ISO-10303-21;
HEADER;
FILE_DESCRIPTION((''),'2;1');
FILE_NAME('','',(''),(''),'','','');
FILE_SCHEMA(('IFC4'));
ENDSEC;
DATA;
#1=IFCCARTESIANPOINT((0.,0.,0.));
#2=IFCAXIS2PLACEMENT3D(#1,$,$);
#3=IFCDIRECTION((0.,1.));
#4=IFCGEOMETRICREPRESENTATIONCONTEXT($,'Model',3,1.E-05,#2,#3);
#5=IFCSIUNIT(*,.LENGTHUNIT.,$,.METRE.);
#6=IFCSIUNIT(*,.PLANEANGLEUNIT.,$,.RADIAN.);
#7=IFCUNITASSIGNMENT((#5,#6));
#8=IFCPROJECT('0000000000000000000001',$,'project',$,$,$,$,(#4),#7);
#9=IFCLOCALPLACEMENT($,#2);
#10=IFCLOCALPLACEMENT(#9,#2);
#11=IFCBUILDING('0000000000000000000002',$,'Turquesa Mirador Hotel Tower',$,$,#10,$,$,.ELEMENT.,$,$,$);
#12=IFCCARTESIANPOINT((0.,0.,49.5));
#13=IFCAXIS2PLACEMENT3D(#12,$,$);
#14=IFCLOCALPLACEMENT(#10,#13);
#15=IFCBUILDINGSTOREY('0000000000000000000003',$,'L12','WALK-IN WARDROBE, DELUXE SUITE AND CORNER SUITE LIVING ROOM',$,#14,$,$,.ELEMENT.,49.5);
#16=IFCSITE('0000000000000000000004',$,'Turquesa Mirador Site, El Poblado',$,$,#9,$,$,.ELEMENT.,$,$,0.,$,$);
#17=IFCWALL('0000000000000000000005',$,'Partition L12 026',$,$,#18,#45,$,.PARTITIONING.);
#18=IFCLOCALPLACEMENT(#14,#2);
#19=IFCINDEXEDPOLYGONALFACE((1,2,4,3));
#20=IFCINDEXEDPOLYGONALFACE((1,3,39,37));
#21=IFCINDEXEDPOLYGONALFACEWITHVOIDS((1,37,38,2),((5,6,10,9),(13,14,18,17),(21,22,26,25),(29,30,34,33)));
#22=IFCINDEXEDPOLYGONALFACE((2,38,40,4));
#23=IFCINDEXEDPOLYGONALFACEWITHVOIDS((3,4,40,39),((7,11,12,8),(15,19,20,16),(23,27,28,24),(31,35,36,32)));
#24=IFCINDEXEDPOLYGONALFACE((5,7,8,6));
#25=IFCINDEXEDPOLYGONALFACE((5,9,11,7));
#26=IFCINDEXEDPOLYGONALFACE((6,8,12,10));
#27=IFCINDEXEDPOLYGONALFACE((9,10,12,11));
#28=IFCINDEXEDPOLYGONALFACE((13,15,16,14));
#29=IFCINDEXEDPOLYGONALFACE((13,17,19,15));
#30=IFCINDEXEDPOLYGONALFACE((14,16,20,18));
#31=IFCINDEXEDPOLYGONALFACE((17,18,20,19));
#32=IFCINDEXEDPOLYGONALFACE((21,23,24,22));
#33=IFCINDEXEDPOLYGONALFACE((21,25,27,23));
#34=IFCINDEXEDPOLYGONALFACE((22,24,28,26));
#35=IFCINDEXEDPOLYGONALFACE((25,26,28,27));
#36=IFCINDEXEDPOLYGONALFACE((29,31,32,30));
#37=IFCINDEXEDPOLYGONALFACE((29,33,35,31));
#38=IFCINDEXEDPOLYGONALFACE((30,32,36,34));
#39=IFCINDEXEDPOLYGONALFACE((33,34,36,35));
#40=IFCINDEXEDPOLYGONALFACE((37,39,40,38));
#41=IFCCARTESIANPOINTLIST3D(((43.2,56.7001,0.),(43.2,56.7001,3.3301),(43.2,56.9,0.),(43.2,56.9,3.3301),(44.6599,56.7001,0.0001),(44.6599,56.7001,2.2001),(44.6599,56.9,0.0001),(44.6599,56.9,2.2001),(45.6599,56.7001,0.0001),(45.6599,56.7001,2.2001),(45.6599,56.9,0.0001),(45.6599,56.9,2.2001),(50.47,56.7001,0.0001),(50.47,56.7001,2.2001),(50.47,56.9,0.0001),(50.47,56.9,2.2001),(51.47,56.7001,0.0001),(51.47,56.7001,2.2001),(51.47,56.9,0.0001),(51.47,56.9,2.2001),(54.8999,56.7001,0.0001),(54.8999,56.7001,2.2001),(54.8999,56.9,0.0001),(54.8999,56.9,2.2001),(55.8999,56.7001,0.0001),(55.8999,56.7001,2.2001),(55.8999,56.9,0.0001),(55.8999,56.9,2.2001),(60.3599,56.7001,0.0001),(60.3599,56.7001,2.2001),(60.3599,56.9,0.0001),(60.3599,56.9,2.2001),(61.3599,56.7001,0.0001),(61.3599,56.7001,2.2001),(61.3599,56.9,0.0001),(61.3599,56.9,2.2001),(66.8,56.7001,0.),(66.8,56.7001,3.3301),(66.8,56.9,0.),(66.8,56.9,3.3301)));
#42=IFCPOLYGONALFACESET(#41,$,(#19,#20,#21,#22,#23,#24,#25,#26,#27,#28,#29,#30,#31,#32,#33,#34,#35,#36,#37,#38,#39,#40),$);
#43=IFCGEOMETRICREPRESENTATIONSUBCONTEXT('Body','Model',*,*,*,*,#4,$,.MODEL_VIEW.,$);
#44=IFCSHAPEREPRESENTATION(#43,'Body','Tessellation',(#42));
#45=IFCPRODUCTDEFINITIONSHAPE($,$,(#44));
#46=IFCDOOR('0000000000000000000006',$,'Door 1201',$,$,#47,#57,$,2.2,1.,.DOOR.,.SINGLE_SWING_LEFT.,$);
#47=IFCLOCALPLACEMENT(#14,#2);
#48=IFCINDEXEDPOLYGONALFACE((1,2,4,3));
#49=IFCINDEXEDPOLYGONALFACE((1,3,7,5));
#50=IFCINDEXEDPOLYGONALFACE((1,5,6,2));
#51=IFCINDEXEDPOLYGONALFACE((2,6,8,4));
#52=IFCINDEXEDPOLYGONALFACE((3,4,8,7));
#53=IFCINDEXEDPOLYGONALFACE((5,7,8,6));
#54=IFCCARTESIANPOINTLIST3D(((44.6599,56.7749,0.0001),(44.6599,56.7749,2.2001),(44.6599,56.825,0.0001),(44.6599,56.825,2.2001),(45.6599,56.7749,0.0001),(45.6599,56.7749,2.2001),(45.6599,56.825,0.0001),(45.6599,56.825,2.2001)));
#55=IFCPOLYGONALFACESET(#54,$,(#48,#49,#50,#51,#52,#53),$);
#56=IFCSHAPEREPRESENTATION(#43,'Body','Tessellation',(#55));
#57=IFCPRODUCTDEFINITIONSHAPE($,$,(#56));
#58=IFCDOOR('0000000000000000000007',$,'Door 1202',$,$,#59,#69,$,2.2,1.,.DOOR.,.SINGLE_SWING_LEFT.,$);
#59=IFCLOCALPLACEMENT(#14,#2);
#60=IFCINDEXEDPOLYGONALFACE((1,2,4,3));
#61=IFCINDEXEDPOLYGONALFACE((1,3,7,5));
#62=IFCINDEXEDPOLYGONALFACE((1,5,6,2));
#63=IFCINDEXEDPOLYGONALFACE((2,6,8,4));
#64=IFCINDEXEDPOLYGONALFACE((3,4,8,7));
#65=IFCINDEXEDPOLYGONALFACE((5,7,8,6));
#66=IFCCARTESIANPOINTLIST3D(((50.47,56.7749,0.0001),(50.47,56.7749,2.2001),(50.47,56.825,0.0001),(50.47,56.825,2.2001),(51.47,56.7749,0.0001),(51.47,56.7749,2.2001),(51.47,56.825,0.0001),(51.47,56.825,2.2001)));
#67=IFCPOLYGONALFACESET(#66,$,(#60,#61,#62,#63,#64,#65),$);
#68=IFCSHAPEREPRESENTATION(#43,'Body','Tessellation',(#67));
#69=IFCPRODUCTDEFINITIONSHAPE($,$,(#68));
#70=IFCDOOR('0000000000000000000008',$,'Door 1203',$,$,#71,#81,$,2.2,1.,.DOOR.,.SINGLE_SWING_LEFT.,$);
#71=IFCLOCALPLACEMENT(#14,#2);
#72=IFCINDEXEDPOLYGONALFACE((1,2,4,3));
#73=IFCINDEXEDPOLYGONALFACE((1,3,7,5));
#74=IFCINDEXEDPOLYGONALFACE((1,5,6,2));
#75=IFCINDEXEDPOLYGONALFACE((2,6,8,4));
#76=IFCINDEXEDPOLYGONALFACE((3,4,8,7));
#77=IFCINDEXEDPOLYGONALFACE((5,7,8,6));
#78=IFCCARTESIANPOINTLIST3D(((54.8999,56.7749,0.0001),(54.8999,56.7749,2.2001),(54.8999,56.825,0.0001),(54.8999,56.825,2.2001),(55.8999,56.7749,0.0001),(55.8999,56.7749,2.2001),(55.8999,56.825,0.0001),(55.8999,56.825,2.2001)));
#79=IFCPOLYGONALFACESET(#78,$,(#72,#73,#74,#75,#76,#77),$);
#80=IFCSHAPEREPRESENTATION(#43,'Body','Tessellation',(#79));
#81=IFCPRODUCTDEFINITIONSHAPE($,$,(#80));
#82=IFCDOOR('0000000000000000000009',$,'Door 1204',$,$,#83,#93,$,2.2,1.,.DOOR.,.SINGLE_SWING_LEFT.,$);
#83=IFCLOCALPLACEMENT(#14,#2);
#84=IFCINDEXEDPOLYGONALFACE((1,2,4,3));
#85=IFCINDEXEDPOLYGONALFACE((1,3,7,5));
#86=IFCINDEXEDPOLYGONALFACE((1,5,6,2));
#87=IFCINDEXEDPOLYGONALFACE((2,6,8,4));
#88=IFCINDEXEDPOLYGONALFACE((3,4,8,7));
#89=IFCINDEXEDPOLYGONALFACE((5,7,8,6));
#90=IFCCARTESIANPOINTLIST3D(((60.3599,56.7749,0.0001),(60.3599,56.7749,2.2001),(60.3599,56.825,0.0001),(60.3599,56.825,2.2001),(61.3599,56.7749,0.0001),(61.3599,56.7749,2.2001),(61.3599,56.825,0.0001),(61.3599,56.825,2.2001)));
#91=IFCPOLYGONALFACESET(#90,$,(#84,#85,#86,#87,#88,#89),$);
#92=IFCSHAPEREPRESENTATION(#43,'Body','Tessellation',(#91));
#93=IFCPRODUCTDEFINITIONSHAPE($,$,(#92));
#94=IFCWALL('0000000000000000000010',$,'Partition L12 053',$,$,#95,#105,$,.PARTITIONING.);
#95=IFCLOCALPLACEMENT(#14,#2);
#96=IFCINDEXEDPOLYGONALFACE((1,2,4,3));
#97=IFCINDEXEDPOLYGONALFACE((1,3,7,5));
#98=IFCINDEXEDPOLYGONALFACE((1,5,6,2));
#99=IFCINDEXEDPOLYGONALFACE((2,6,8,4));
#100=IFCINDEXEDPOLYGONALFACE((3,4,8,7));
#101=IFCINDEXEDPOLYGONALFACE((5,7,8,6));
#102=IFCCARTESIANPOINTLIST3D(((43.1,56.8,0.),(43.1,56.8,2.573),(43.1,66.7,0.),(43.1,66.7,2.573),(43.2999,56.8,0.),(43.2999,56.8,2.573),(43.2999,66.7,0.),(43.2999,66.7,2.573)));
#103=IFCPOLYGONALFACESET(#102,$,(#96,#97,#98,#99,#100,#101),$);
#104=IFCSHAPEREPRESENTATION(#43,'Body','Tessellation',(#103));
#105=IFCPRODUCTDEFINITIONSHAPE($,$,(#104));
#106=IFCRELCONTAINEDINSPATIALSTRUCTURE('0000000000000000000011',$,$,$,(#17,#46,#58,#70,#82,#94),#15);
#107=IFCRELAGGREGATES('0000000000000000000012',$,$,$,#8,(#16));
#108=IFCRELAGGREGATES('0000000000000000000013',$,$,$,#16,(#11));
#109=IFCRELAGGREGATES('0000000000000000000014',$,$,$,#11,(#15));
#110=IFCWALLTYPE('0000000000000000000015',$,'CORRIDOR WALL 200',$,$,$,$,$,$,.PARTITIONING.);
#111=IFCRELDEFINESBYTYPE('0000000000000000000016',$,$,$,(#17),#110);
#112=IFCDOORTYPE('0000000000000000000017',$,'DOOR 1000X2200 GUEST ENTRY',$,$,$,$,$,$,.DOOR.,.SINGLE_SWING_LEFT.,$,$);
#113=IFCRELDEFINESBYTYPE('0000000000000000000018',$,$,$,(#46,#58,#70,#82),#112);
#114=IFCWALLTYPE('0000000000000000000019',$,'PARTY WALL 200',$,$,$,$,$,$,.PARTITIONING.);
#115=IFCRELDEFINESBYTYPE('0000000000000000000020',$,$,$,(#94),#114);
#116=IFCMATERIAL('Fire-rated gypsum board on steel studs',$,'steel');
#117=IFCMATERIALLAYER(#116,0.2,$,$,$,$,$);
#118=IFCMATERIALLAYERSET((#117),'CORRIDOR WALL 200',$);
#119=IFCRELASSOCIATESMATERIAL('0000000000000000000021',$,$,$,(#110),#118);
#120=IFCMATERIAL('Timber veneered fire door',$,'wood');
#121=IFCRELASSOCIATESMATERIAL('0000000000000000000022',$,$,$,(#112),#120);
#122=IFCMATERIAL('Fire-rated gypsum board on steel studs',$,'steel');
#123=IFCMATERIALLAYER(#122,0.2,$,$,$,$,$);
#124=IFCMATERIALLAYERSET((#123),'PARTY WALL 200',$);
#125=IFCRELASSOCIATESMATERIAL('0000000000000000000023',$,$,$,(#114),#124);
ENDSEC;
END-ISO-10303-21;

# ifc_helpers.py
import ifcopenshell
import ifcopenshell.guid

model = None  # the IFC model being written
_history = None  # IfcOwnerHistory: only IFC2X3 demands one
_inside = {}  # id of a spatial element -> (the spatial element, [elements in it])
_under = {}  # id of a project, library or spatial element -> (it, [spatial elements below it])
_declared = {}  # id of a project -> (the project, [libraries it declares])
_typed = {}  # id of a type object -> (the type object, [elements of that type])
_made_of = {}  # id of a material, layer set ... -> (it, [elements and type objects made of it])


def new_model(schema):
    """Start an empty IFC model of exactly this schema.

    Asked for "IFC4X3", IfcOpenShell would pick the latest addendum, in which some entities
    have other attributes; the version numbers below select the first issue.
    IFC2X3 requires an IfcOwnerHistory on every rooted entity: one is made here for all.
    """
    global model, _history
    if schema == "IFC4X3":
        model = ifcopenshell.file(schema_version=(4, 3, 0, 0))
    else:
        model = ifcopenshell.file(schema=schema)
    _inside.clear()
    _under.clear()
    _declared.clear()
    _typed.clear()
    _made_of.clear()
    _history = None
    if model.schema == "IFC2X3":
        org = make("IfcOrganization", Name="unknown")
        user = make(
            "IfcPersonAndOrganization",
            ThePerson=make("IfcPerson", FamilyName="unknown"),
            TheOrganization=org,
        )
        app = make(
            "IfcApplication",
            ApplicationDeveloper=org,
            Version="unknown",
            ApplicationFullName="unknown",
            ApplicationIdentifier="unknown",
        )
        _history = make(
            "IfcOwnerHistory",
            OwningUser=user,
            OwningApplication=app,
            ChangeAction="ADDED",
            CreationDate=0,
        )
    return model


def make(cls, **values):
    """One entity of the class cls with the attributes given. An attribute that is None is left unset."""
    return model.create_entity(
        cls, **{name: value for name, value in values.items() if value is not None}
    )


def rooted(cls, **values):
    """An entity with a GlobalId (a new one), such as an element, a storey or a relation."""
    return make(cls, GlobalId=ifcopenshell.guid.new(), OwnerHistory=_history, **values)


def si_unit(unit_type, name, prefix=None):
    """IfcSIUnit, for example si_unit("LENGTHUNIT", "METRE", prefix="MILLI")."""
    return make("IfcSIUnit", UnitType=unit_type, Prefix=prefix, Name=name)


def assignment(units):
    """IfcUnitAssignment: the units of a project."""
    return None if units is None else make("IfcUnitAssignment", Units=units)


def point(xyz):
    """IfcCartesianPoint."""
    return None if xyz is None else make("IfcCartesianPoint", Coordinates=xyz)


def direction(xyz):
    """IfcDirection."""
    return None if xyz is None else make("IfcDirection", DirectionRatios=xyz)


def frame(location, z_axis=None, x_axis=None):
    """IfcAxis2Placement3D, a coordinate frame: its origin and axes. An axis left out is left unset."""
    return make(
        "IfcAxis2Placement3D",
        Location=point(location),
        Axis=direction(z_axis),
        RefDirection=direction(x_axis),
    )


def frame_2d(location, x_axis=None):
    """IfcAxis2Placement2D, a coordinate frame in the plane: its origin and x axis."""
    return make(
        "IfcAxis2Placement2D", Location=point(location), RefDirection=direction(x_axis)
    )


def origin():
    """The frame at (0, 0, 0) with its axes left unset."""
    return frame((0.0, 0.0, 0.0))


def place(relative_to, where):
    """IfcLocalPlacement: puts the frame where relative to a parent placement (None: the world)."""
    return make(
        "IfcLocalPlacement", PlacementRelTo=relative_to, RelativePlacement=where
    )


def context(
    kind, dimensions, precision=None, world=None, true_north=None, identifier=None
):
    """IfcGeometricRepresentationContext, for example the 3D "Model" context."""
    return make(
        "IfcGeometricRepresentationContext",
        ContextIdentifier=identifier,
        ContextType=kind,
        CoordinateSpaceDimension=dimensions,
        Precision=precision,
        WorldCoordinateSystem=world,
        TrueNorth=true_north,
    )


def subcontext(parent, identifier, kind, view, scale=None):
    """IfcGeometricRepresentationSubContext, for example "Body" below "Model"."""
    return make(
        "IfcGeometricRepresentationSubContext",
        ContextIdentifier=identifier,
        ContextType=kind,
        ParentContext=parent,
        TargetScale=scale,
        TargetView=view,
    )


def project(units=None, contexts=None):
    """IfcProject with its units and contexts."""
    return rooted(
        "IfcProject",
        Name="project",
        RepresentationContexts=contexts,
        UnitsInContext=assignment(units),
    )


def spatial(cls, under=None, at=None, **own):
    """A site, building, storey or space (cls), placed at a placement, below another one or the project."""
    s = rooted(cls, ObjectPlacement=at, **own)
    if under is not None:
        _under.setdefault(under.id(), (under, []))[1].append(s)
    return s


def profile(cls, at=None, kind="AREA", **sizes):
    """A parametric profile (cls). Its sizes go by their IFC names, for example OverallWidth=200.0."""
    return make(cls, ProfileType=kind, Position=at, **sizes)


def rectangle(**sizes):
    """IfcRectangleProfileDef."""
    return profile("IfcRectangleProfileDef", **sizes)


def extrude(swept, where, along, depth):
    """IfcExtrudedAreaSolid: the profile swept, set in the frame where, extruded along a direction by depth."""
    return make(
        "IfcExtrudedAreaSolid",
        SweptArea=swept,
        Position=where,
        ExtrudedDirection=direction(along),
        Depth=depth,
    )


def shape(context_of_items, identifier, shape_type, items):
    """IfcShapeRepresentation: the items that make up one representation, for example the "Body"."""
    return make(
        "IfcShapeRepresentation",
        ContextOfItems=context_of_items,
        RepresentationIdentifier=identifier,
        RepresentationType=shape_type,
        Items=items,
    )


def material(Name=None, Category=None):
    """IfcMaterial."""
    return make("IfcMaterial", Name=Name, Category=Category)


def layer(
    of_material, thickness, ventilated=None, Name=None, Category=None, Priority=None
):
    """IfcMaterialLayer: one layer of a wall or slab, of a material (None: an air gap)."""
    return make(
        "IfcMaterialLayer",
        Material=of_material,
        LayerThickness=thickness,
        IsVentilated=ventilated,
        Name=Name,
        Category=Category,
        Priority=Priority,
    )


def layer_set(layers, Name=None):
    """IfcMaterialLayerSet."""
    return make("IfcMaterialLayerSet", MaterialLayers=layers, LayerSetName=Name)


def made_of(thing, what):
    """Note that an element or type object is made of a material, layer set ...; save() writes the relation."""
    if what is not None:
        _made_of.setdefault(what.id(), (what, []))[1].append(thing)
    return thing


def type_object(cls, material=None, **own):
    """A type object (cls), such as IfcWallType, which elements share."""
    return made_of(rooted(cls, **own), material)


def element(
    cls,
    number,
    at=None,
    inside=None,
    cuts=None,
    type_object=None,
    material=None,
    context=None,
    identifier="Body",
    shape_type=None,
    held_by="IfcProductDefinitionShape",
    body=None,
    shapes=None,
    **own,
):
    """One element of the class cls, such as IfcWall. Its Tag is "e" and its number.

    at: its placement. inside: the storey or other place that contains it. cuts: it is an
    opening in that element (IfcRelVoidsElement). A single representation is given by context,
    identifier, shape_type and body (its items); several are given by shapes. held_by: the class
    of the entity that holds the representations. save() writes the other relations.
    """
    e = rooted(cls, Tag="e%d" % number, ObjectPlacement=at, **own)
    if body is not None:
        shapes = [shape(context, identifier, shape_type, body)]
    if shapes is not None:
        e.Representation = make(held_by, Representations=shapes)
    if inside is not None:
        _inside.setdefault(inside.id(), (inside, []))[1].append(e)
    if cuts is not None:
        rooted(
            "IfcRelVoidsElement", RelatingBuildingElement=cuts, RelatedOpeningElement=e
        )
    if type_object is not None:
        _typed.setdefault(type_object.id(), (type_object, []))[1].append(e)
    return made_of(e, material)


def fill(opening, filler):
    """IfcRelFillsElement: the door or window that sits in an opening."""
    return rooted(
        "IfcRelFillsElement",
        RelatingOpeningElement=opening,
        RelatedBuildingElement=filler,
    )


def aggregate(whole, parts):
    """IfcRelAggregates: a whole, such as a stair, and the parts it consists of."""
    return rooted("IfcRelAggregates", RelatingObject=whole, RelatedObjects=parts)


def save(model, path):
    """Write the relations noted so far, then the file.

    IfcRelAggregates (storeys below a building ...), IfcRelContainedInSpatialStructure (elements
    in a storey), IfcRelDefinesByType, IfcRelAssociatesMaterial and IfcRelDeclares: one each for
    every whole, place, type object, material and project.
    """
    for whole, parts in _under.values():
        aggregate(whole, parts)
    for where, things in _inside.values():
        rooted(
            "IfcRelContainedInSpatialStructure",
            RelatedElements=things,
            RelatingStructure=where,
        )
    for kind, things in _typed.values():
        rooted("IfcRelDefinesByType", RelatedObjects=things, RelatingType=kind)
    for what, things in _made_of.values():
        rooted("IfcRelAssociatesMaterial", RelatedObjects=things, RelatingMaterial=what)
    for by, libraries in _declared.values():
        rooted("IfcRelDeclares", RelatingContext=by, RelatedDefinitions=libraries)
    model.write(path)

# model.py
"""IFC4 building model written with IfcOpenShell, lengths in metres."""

from ifc_helpers import new_model, si_unit, direction, frame, frame_2d, origin, place, context, subcontext, project, spatial, rectangle, extrude, material, layer, layer_set, type_object, element, fill, save


model = new_model("IFC4")

# Units and contexts
model_context = context("Model", 3, precision=1e-05, world=origin(), true_north=direction((0.0, 1.0)))
body_context = subcontext(model_context, "Body", "Model", "MODEL_VIEW")
ifc_project = project(units=[si_unit("LENGTHUNIT", "METRE"), si_unit("PLANEANGLEUNIT", "RADIAN")], contexts=[model_context])

# Site, building, storey
site_placement = place(None, origin())
site = spatial("IfcSite", under=ifc_project, at=site_placement, Name="Turquesa Mirador Site, El Poblado", CompositionType="ELEMENT", RefElevation=0.0)
building_placement = place(site_placement, origin())
building = spatial("IfcBuilding", under=site, at=building_placement, Name="Turquesa Mirador Hotel Tower", CompositionType="ELEMENT")
storey_placement = place(building_placement, frame((0.0, 0.0, 49.5)))
storey = spatial("IfcBuildingStorey", under=building, at=storey_placement, Name="L12", Description="WALK-IN WARDROBE, DELUXE SUITE AND CORNER SUITE LIVING ROOM", CompositionType="ELEMENT", Elevation=49.5)

# Wall, openings, doors
ifc_material_1 = material(Name="Fire-rated gypsum board on steel studs", Category="steel")
ifc_layer_1 = layer(ifc_material_1, 0.2)
ifc_layer_set_1 = layer_set([ifc_layer_1], Name="CORRIDOR WALL 200")
wall_type_1 = type_object("IfcWallType", Name="CORRIDOR WALL 200", PredefinedType="PARTITIONING", material=ifc_layer_set_1)
wall_1_placement = place(storey_placement, frame((43.2, 56.8, 0.0), z_axis=(0.0, 0.0, 1.0), x_axis=(1.0, 0.0, 0.0)))
wall_1 = element("IfcWall", 1, at=wall_1_placement, inside=storey, type_object=wall_type_1, Name="Partition L12 026", PredefinedType="PARTITIONING", context=body_context, shape_type="SweptSolid", body=[
    extrude(rectangle(XDim=23.6001, YDim=0.2, at=frame_2d((11.8, 0.0))), origin(), (0.0, 0.0, 1.0), 3.3301),
])
opening_1_placement = place(wall_1_placement, frame((1.46, 0.0, 0.0)))
opening_1 = element("IfcOpeningElement", 2, at=opening_1_placement, cuts=wall_1, PredefinedType="OPENING", context=body_context, shape_type="SweptSolid", body=[
    extrude(rectangle(XDim=1.0, YDim=2.2, at=frame_2d((0.5, 1.1001))), frame((0.0, 0.1099, 0.0), z_axis=(0.0, -1.0, 0.0), x_axis=(1.0, 0.0, 0.0)), (0.0, 0.0, 1.0), 0.22),
])
opening_2_placement = place(wall_1_placement, frame((7.27, 0.0, 0.0)))
opening_2 = element("IfcOpeningElement", 3, at=opening_2_placement, cuts=wall_1, PredefinedType="OPENING", context=body_context, shape_type="SweptSolid", body=[
    extrude(rectangle(XDim=1.0, YDim=2.2, at=frame_2d((0.5, 1.1001))), frame((0.0, 0.1099, 0.0), z_axis=(0.0, -1.0, 0.0), x_axis=(1.0, 0.0, 0.0)), (0.0, 0.0, 1.0), 0.22),
])
opening_3_placement = place(wall_1_placement, frame((11.7, 0.0, 0.0)))
opening_3 = element("IfcOpeningElement", 4, at=opening_3_placement, cuts=wall_1, PredefinedType="OPENING", context=body_context, shape_type="SweptSolid", body=[
    extrude(rectangle(XDim=1.0, YDim=2.2, at=frame_2d((0.5, 1.1001))), frame((0.0, 0.1099, 0.0), z_axis=(0.0, -1.0, 0.0), x_axis=(1.0, 0.0, 0.0)), (0.0, 0.0, 1.0), 0.22),
])
opening_4_placement = place(wall_1_placement, frame((17.1599, 0.0, 0.0)))
opening_4 = element("IfcOpeningElement", 5, at=opening_4_placement, cuts=wall_1, PredefinedType="OPENING", context=body_context, shape_type="SweptSolid", body=[
    extrude(rectangle(XDim=1.0, YDim=2.2, at=frame_2d((0.5, 1.1001))), frame((0.0, 0.1099, 0.0), z_axis=(0.0, -1.0, 0.0), x_axis=(1.0, 0.0, 0.0)), (0.0, 0.0, 1.0), 0.22),
])
ifc_material_2 = material(Name="Timber veneered fire door", Category="wood")
door_type_1 = type_object("IfcDoorType", Name="DOOR 1000X2200 GUEST ENTRY", OperationType="SINGLE_SWING_LEFT", PredefinedType="DOOR", material=ifc_material_2)
door_1_placement = place(opening_1_placement, origin())
door_1 = element("IfcDoor", 6, at=door_1_placement, inside=storey, type_object=door_type_1, Name="Door 1201", OperationType="SINGLE_SWING_LEFT", OverallHeight=2.2, OverallWidth=1.0, PredefinedType="DOOR", context=body_context, shape_type="SweptSolid", body=[
    extrude(rectangle(XDim=1.0, YDim=2.2, at=frame_2d((0.5, 1.1001))), frame((0.0, 0.0249, 0.0), z_axis=(0.0, -1.0, 0.0), x_axis=(1.0, 0.0, 0.0)), (0.0, 0.0, 1.0), 0.05),
])
fill(opening_1, door_1)
door_2_placement = place(opening_2_placement, origin())
door_2 = element("IfcDoor", 7, at=door_2_placement, inside=storey, type_object=door_type_1, Name="Door 1202", OperationType="SINGLE_SWING_LEFT", OverallHeight=2.2, OverallWidth=1.0, PredefinedType="DOOR", context=body_context, shape_type="SweptSolid", body=[
    extrude(rectangle(XDim=1.0, YDim=2.2, at=frame_2d((0.5, 1.1001))), frame((0.0, 0.0249, 0.0), z_axis=(0.0, -1.0, 0.0), x_axis=(1.0, 0.0, 0.0)), (0.0, 0.0, 1.0), 0.05),
])
fill(opening_2, door_2)
door_3_placement = place(opening_3_placement, origin())
door_3 = element("IfcDoor", 8, at=door_3_placement, inside=storey, type_object=door_type_1, Name="Door 1203", OperationType="SINGLE_SWING_LEFT", OverallHeight=2.2, OverallWidth=1.0, PredefinedType="DOOR", context=body_context, shape_type="SweptSolid", body=[
    extrude(rectangle(XDim=1.0, YDim=2.2, at=frame_2d((0.5, 1.1001))), frame((0.0, 0.0249, 0.0), z_axis=(0.0, -1.0, 0.0), x_axis=(1.0, 0.0, 0.0)), (0.0, 0.0, 1.0), 0.05),
])
fill(opening_3, door_3)
door_4_placement = place(opening_4_placement, origin())
door_4 = element("IfcDoor", 9, at=door_4_placement, inside=storey, type_object=door_type_1, Name="Door 1204", OperationType="SINGLE_SWING_LEFT", OverallHeight=2.2, OverallWidth=1.0, PredefinedType="DOOR", context=body_context, shape_type="SweptSolid", body=[
    extrude(rectangle(XDim=1.0, YDim=2.2, at=frame_2d((0.5, 1.1001))), frame((0.0, 0.0249, 0.0), z_axis=(0.0, -1.0, 0.0), x_axis=(1.0, 0.0, 0.0)), (0.0, 0.0, 1.0), 0.05),
])
fill(opening_4, door_4)

# Wall
ifc_material_3 = material(Name="Fire-rated gypsum board on steel studs", Category="steel")
ifc_layer_2 = layer(ifc_material_3, 0.2)
ifc_layer_set_2 = layer_set([ifc_layer_2], Name="PARTY WALL 200")
wall_type_2 = type_object("IfcWallType", Name="PARTY WALL 200", PredefinedType="PARTITIONING", material=ifc_layer_set_2)
wall_2_placement = place(storey_placement, frame((43.2, 56.8, 0.0), z_axis=(0.0, 0.0, 1.0), x_axis=(0.0, 1.0, 0.0)))
element("IfcWall", 10, at=wall_2_placement, inside=storey, type_object=wall_type_2, Name="Partition L12 053", PredefinedType="PARTITIONING", context=body_context, shape_type="SweptSolid", body=[
    extrude(rectangle(XDim=9.8999, YDim=0.2, at=frame_2d((4.95, 0.0))), origin(), (0.0, 0.0, 1.0), 2.573),
])

save(model, "model.ifc")
